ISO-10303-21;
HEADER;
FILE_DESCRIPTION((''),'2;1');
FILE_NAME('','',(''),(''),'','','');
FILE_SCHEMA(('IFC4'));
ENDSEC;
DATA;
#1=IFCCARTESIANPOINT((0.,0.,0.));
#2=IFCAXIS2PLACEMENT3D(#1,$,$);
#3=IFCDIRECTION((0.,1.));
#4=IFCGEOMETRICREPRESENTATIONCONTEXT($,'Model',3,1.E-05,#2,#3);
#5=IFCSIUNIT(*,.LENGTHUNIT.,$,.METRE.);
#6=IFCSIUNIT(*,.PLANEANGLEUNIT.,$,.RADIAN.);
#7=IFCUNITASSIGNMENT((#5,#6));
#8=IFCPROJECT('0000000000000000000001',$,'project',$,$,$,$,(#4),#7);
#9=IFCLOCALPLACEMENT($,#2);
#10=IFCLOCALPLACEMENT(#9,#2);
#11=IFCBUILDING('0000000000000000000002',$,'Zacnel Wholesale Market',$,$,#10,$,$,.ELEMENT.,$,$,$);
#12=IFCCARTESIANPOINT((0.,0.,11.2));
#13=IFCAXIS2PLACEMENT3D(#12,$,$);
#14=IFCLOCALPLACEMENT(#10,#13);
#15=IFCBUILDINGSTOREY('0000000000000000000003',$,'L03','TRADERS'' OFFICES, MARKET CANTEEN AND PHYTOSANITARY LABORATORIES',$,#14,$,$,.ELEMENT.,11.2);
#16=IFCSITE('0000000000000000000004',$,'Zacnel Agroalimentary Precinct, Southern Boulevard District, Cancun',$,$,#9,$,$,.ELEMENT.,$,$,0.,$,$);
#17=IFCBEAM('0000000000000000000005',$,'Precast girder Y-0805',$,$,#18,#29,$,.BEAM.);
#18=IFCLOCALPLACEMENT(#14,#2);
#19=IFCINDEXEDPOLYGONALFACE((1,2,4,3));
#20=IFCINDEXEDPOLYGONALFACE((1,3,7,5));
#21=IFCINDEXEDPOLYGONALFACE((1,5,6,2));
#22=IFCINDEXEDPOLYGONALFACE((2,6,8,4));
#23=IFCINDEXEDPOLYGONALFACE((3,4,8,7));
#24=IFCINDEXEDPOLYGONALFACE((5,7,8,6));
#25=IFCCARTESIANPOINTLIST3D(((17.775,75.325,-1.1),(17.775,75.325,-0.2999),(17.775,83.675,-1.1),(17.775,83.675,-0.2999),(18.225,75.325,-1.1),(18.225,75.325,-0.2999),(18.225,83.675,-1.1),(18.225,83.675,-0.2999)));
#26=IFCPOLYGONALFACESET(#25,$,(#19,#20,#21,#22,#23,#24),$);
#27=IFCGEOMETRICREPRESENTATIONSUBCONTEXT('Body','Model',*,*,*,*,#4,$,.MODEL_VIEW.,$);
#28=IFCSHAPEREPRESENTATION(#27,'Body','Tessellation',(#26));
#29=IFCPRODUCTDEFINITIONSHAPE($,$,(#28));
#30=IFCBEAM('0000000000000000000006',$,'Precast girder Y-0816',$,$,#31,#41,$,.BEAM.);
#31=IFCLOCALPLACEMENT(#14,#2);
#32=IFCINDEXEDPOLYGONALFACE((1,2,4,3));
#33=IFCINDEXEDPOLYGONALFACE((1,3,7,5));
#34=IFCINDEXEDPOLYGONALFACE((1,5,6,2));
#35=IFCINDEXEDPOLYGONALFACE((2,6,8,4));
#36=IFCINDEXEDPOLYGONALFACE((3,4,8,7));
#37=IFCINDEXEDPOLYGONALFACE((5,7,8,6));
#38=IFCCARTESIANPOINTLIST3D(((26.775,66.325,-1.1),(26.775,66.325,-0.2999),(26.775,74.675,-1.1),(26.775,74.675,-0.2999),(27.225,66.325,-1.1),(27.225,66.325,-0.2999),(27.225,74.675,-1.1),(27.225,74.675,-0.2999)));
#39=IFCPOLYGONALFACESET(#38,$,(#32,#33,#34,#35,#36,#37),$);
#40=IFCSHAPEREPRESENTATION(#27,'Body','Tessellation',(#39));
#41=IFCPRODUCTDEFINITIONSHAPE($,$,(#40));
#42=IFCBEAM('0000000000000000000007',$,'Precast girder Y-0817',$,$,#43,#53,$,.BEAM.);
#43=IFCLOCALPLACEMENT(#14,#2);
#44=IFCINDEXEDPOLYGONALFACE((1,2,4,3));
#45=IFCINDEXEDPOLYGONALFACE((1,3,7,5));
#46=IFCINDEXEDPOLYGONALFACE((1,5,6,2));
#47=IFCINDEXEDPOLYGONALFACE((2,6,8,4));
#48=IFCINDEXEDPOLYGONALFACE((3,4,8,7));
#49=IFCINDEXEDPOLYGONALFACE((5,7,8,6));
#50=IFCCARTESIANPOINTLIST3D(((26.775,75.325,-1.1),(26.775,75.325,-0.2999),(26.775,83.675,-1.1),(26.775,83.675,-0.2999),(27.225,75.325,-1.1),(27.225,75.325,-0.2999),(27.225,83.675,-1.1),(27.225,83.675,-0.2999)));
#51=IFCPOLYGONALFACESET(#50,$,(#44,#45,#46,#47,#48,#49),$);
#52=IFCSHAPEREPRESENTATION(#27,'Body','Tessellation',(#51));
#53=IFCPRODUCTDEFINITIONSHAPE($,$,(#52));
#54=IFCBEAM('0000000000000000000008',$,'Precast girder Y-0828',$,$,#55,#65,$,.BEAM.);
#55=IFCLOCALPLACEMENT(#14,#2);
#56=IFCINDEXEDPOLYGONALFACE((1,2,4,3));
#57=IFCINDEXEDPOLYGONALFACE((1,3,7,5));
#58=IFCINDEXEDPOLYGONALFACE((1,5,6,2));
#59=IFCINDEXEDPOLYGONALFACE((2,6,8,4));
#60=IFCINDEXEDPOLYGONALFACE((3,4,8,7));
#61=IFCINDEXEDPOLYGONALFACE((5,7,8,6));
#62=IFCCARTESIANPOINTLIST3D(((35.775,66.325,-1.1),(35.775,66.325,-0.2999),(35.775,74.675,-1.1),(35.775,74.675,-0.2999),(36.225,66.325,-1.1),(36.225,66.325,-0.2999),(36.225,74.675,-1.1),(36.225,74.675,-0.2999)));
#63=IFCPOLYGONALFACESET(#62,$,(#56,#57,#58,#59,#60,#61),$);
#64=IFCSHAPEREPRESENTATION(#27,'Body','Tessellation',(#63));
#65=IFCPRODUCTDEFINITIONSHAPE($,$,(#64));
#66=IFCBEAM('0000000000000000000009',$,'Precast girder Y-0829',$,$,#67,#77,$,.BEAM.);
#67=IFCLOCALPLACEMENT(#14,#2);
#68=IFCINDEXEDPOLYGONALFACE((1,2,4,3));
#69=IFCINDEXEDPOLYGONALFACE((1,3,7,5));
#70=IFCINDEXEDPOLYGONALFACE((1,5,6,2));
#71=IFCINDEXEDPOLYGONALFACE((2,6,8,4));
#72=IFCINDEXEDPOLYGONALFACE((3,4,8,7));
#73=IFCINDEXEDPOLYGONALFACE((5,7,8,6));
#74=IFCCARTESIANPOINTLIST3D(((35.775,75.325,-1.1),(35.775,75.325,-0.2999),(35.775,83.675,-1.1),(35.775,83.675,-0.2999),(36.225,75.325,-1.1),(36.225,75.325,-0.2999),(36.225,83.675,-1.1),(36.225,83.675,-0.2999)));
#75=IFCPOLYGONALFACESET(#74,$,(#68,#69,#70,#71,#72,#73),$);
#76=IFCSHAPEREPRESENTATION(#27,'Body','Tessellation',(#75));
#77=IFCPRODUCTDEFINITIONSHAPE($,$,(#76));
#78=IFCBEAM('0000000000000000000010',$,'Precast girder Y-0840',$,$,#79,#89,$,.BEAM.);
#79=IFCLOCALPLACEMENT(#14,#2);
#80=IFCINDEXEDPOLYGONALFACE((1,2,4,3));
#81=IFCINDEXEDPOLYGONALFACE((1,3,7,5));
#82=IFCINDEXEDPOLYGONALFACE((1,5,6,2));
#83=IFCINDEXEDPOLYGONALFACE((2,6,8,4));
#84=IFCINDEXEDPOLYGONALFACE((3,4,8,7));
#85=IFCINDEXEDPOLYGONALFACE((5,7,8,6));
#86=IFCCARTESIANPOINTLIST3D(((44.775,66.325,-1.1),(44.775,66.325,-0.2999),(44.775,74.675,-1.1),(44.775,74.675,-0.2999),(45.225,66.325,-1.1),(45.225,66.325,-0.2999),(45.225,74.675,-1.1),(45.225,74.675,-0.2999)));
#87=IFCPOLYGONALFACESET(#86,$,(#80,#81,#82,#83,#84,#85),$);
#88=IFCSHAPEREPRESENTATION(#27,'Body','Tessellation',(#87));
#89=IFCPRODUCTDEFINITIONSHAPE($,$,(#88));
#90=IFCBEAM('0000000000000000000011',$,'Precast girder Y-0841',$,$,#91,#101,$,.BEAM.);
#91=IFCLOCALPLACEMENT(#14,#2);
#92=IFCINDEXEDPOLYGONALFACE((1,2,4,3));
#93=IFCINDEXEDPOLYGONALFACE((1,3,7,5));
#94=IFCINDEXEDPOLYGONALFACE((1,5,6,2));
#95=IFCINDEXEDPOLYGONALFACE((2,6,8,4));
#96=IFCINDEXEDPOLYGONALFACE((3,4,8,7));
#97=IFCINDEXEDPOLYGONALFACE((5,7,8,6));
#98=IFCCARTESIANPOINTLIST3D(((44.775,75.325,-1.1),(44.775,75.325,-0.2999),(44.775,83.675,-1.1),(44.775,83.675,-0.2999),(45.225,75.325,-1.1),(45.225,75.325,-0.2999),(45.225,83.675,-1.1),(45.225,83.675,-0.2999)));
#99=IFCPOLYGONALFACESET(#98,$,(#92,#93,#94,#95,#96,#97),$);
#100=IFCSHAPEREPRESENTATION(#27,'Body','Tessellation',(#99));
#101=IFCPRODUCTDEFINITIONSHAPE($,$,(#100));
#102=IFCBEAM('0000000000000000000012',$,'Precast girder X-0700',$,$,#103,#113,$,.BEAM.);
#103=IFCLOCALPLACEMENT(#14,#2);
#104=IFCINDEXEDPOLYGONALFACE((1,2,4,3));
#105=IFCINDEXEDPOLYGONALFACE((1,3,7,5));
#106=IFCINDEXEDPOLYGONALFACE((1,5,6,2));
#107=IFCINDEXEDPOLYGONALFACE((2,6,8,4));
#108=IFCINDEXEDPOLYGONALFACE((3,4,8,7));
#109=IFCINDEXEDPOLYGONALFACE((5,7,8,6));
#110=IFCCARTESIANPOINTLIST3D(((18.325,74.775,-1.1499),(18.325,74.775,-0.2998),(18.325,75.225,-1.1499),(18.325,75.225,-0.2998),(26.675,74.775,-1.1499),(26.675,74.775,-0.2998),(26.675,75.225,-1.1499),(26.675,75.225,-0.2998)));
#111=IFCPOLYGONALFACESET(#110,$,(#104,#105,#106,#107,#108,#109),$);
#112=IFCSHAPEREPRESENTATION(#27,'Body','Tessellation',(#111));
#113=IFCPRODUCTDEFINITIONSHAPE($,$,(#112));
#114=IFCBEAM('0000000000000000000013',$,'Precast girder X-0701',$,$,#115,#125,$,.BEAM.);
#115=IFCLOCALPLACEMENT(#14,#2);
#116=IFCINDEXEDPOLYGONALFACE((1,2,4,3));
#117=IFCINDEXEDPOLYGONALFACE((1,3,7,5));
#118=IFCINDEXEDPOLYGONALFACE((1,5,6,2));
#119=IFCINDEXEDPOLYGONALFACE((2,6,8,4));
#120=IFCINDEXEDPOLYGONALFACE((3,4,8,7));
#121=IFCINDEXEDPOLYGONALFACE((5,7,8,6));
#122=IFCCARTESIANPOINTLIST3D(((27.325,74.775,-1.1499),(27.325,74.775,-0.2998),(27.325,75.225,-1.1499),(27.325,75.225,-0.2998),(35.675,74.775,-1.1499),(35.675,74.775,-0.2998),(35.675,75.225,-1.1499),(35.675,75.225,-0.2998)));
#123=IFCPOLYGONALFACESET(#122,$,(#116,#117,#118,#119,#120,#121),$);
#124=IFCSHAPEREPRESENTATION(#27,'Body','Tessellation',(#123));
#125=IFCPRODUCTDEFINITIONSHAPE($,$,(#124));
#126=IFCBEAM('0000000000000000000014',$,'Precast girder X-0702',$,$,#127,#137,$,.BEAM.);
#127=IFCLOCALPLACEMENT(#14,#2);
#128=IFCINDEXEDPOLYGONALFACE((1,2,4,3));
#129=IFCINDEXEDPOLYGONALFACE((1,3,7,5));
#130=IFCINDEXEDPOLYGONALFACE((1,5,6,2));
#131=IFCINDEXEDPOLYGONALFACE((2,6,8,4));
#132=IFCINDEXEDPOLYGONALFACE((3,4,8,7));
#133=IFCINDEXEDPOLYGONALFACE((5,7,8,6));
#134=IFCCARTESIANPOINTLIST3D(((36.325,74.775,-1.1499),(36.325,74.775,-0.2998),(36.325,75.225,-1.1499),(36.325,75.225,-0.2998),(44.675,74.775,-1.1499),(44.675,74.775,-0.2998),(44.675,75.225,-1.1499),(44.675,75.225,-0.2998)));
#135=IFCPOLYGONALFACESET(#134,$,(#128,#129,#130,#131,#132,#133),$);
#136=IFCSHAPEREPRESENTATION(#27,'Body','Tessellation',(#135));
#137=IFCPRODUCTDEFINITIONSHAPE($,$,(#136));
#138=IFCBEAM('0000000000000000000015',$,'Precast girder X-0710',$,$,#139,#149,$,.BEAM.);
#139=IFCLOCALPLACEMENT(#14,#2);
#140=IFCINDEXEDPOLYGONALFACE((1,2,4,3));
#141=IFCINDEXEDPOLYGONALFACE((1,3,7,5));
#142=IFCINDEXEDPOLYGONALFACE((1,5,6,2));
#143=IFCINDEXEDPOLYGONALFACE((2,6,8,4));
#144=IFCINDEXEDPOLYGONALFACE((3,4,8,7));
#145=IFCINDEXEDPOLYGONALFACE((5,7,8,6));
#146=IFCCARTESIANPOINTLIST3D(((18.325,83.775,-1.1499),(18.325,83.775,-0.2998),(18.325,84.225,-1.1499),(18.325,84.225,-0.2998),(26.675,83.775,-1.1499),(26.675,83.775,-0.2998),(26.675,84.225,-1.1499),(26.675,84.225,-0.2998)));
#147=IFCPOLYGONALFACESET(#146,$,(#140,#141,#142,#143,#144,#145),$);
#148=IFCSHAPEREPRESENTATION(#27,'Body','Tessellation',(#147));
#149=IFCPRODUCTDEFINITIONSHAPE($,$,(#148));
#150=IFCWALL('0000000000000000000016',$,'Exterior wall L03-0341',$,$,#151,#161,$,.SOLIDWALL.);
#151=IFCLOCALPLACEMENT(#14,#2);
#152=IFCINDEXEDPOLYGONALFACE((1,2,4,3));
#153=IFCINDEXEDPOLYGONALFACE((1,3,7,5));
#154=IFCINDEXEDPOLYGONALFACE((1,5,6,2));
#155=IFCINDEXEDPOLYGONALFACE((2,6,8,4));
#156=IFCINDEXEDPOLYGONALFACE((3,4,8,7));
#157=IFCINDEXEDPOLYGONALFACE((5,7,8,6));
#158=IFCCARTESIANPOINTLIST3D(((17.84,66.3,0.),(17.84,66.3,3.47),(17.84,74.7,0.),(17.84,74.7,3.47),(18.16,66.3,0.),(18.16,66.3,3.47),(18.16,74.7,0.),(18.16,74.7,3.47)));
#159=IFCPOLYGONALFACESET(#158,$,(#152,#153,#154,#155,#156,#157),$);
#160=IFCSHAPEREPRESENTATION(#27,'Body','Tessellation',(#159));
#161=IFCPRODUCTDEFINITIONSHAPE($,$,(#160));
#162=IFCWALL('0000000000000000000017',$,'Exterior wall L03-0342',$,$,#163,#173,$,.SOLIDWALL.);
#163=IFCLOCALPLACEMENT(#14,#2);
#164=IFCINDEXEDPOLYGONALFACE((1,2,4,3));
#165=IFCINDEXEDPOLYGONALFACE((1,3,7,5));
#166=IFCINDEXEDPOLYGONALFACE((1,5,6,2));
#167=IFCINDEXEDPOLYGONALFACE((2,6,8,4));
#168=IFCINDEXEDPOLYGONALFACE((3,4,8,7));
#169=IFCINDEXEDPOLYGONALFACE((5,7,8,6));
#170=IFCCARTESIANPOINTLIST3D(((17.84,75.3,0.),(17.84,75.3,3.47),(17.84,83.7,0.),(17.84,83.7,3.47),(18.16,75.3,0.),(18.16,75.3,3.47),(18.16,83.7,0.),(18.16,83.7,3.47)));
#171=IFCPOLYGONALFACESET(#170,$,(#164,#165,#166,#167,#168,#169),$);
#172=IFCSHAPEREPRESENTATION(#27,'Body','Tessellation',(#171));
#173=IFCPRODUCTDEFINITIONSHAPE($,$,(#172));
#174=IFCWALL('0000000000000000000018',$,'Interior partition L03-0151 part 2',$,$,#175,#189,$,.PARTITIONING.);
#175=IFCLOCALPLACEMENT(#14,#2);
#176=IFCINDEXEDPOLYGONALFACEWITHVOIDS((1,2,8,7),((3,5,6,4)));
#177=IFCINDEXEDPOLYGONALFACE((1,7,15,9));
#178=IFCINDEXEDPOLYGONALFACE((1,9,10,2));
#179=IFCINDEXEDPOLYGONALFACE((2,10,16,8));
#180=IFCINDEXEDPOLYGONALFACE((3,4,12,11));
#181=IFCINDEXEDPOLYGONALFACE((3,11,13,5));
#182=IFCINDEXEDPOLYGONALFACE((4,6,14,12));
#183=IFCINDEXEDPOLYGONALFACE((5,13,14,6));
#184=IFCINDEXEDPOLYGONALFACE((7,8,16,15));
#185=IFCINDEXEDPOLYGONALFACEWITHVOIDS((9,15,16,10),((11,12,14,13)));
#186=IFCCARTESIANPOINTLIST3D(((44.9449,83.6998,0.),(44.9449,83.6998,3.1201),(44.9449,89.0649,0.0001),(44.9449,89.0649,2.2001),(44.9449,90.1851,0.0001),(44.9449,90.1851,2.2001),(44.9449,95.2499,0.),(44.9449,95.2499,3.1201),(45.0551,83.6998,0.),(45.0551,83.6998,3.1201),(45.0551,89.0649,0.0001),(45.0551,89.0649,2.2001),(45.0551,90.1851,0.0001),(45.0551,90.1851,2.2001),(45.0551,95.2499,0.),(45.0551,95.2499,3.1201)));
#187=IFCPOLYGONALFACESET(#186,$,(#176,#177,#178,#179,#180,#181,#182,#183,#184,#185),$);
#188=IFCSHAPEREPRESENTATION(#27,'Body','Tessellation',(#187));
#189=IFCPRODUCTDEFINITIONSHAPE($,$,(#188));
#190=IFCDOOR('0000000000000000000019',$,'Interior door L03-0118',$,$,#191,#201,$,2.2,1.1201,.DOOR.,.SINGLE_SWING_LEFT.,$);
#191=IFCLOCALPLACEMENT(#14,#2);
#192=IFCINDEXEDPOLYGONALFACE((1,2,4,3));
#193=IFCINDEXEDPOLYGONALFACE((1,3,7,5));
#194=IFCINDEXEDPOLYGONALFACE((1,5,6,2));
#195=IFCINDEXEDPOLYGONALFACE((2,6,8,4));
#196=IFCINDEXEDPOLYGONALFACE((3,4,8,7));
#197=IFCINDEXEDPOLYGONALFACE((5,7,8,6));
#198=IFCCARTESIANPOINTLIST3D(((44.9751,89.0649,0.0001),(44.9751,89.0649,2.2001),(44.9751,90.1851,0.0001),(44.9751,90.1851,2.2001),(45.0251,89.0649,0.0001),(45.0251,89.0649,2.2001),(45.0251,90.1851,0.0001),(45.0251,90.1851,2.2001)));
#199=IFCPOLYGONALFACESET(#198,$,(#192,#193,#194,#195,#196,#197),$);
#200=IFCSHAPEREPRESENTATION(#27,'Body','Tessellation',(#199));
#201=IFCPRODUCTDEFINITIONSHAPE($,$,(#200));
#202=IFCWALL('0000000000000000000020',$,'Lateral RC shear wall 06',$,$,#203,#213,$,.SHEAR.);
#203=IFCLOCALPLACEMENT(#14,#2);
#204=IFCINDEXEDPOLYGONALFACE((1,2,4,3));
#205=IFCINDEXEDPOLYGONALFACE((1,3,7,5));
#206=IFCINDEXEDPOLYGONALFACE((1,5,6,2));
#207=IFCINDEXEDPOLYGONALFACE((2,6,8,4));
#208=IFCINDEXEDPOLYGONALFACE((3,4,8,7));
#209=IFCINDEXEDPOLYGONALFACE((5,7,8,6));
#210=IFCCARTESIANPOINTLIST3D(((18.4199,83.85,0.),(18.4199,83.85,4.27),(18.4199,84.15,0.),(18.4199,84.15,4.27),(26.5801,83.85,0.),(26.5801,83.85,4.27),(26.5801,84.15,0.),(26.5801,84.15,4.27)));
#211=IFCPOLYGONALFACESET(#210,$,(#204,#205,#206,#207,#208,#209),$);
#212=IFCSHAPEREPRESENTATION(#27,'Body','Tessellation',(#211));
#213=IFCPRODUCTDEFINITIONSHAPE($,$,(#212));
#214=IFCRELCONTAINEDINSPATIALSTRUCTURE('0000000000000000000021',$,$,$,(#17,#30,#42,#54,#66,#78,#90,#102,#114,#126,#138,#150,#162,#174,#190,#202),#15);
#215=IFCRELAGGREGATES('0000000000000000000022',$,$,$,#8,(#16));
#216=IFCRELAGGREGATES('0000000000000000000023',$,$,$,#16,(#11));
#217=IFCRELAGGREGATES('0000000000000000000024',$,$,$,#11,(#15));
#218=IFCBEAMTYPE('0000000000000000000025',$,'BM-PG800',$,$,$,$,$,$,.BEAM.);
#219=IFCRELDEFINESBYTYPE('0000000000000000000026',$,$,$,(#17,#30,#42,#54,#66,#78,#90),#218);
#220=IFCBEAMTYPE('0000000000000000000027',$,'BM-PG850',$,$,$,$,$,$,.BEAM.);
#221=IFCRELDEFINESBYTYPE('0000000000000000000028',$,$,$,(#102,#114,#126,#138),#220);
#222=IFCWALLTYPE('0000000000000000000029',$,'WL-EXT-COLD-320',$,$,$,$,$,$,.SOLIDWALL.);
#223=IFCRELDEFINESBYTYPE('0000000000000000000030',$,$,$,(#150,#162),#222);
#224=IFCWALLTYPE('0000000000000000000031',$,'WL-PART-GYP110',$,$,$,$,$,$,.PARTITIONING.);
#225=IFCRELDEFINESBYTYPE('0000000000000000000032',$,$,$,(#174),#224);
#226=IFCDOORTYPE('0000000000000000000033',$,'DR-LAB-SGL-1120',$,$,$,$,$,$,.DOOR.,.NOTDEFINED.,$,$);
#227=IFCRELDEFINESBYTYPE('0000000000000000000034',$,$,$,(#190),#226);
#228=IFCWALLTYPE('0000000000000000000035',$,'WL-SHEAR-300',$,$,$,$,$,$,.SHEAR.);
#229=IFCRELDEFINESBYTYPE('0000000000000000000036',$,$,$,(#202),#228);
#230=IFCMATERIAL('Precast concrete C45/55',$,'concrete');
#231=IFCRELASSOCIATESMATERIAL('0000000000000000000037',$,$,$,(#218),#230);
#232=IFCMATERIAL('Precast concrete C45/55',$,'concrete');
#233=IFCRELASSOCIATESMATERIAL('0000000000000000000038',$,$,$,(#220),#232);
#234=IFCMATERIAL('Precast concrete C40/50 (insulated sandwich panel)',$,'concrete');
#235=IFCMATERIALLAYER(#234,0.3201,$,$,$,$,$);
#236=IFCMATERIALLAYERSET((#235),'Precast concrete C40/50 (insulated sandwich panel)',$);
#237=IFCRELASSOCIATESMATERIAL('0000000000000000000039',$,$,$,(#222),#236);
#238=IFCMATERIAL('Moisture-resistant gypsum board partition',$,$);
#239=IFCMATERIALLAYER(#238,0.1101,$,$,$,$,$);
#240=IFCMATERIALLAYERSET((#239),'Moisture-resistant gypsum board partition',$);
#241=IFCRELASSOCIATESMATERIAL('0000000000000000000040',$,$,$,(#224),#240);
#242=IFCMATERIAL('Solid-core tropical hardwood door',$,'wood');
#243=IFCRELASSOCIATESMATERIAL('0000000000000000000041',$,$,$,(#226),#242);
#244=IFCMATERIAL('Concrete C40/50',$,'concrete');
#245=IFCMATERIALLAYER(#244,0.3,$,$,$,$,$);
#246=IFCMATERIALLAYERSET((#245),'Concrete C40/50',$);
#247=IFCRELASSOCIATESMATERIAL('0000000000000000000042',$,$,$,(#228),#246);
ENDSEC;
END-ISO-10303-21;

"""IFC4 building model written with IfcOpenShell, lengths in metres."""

from ifc_helpers import new_model, si_unit, direction, frame, frame_2d, origin, origin_2d, place, context, subcontext, project, spatial, rectangle, extrude, material, layer, layer_set, material_profile, profile_set, type_object, element, fill, save


model = new_model("IFC4")

# Units and contexts
model_context = context("Model", 3, precision=1e-05, world=origin(), true_north=direction((0.0, 1.0)))
body_context = subcontext(model_context, "Body", "Model", "MODEL_VIEW")
ifc_project = project(units=[si_unit("LENGTHUNIT", "METRE"), si_unit("PLANEANGLEUNIT", "RADIAN")], contexts=[model_context])

# Site, building, storey
site_placement = place(None, origin())
site = spatial("IfcSite", under=ifc_project, at=site_placement, Name="Zacnel Agroalimentary Precinct, Southern Boulevard District, Cancun", CompositionType="ELEMENT", RefElevation=0.0)
building_placement = place(site_placement, origin())
building = spatial("IfcBuilding", under=site, at=building_placement, Name="Zacnel Wholesale Market", CompositionType="ELEMENT")
storey_placement = place(building_placement, frame((0.0, 0.0, 11.2)))
storey = spatial("IfcBuildingStorey", under=building, at=storey_placement, Name="L03", Description="TRADERS' OFFICES, MARKET CANTEEN AND PHYTOSANITARY LABORATORIES", CompositionType="ELEMENT", Elevation=11.2)

# Beams
ifc_material_1 = material(Name="Precast concrete C45/55", Category="concrete")
ifc_material_profile_1 = material_profile(ifc_material_1, rectangle(XDim=0.45, YDim=0.8, at=origin_2d()), Name="PG 450x800")
ifc_profile_set_1 = profile_set([ifc_material_profile_1], Name="Precast concrete C45/55")
beam_type_1 = type_object("IfcBeamType", Name="BM-PG800", PredefinedType="BEAM", material=ifc_profile_set_1)
for number, where, z_axis, x_axis, name in (
    (1, (18.0, 75.325, -0.7), (0.0, 1.0, 0.0), (-1.0, 0.0, 0.0), "Precast girder Y-0805"),
    (2, (27.0, 66.325, -0.7), (0.0, 1.0, 0.0), (-1.0, 0.0, 0.0), "Precast girder Y-0816"),
    (3, (27.0, 75.325, -0.7), (0.0, 1.0, 0.0), (-1.0, 0.0, 0.0), "Precast girder Y-0817"),
    (4, (36.0, 66.325, -0.7), (0.0, 1.0, 0.0), (-1.0, 0.0, 0.0), "Precast girder Y-0828"),
    (5, (36.0, 75.325, -0.7), (0.0, 1.0, 0.0), (-1.0, 0.0, 0.0), "Precast girder Y-0829"),
    (6, (45.0, 66.325, -0.7), (0.0, 1.0, 0.0), (-1.0, 0.0, 0.0), "Precast girder Y-0840"),
    (7, (45.0, 75.325, -0.7), (0.0, 1.0, 0.0), (-1.0, 0.0, 0.0), "Precast girder Y-0841"),
):
    element("IfcBeam", number, at=place(storey_placement, frame(where, z_axis=z_axis, x_axis=x_axis)), inside=storey, type_object=beam_type_1, Name=name, PredefinedType="BEAM", context=body_context, shape_type="SweptSolid", body=[
        extrude(rectangle(XDim=0.45, YDim=0.8, at=origin_2d()), origin(), (0.0, 0.0, 1.0), 8.3501),
    ])
ifc_material_2 = material(Name="Precast concrete C45/55", Category="concrete")
ifc_material_profile_2 = material_profile(ifc_material_2, rectangle(XDim=0.45, YDim=0.8501, at=origin_2d()), Name="PG 450x850")
ifc_profile_set_2 = profile_set([ifc_material_profile_2], Name="Precast concrete C45/55")
beam_type_2 = type_object("IfcBeamType", Name="BM-PG850", PredefinedType="BEAM", material=ifc_profile_set_2)
for number, where, z_axis, x_axis, name in (
    (8, (18.325, 75.0, -0.7249), (1.0, 0.0, 0.0), (0.0, 1.0, 0.0), "Precast girder X-0700"),
    (9, (27.325, 75.0, -0.7249), (1.0, 0.0, 0.0), (0.0, 1.0, 0.0), "Precast girder X-0701"),
    (10, (36.325, 75.0, -0.7249), (1.0, 0.0, 0.0), (0.0, 1.0, 0.0), "Precast girder X-0702"),
    (11, (18.325, 84.0, -0.7249), (1.0, 0.0, 0.0), (0.0, 1.0, 0.0), "Precast girder X-0710"),
):
    element("IfcBeam", number, at=place(storey_placement, frame(where, z_axis=z_axis, x_axis=x_axis)), inside=storey, type_object=beam_type_2, Name=name, PredefinedType="BEAM", context=body_context, shape_type="SweptSolid", body=[
        extrude(rectangle(XDim=0.45, YDim=0.8501, at=origin_2d()), origin(), (0.0, 0.0, 1.0), 8.3501),
    ])

# Walls
ifc_material_3 = material(Name="Precast concrete C40/50 (insulated sandwich panel)", Category="concrete")
ifc_layer_1 = layer(ifc_material_3, 0.3201)
ifc_layer_set_1 = layer_set([ifc_layer_1], Name="Precast concrete C40/50 (insulated sandwich panel)")
wall_type_1 = type_object("IfcWallType", Name="WL-EXT-COLD-320", PredefinedType="SOLIDWALL", material=ifc_layer_set_1)
for number, where, z_axis, x_axis, name in (
    (12, (18.0, 66.3, 0.0), (0.0, 0.0, 1.0), (0.0, 1.0, 0.0), "Exterior wall L03-0341"),
    (13, (18.0, 75.3, 0.0), (0.0, 0.0, 1.0), (0.0, 1.0, 0.0), "Exterior wall L03-0342"),
):
    element("IfcWall", number, at=place(storey_placement, frame(where, z_axis=z_axis, x_axis=x_axis)), inside=storey, type_object=wall_type_1, Name=name, PredefinedType="SOLIDWALL", context=body_context, shape_type="SweptSolid", body=[
        extrude(rectangle(XDim=8.3999, YDim=0.3201, at=frame_2d((4.2, 0.0))), origin(), (0.0, 0.0, 1.0), 3.47),
    ])

# Wall, opening, door
ifc_material_4 = material(Name="Moisture-resistant gypsum board partition")
ifc_layer_2 = layer(ifc_material_4, 0.1101)
ifc_layer_set_2 = layer_set([ifc_layer_2], Name="Moisture-resistant gypsum board partition")
wall_type_2 = type_object("IfcWallType", Name="WL-PART-GYP110", PredefinedType="PARTITIONING", material=ifc_layer_set_2)
wall_1_placement = place(storey_placement, frame((45.0, 83.7, 0.0), z_axis=(0.0, 0.0, 1.0), x_axis=(0.0, 1.0, 0.0)))
wall_1 = element("IfcWall", 14, at=wall_1_placement, inside=storey, type_object=wall_type_2, Name="Interior partition L03-0151 part 2", PredefinedType="PARTITIONING", context=body_context, shape_type="SweptSolid", body=[
    extrude(rectangle(XDim=11.55, YDim=0.1101, at=frame_2d((5.7749, 0.0))), origin(), (0.0, 0.0, 1.0), 3.1201),
])
opening_placement = place(wall_1_placement, frame((5.365, 0.0, 0.0)))
opening = element("IfcOpeningElement", 15, at=opening_placement, cuts=wall_1, PredefinedType="OPENING", context=body_context, shape_type="SweptSolid", body=[
    extrude(rectangle(XDim=1.1201, YDim=2.2, at=frame_2d((0.5601, 1.1001))), frame((0.0, 0.0649, 0.0), z_axis=(0.0, -1.0, 0.0), x_axis=(1.0, 0.0, 0.0)), (0.0, 0.0, 1.0), 0.1301),
])
ifc_material_5 = material(Name="Solid-core tropical hardwood door", Category="wood")
door_type = type_object("IfcDoorType", Name="DR-LAB-SGL-1120", OperationType="NOTDEFINED", PredefinedType="DOOR", material=ifc_material_5)
door_placement = place(opening_placement, origin())
door = element("IfcDoor", 16, at=door_placement, inside=storey, type_object=door_type, Name="Interior door L03-0118", OperationType="SINGLE_SWING_LEFT", OverallHeight=2.2, OverallWidth=1.1201, PredefinedType="DOOR", context=body_context, shape_type="SweptSolid", body=[
    extrude(rectangle(XDim=1.1201, YDim=2.2, at=frame_2d((0.5601, 1.1001))), frame((0.0, 0.0249, 0.0), z_axis=(0.0, -1.0, 0.0), x_axis=(1.0, 0.0, 0.0)), (0.0, 0.0, 1.0), 0.05),
])
fill(opening, door)

# Wall
ifc_material_6 = material(Name="Concrete C40/50", Category="concrete")
ifc_layer_3 = layer(ifc_material_6, 0.3)
ifc_layer_set_3 = layer_set([ifc_layer_3], Name="Concrete C40/50")
wall_type_3 = type_object("IfcWallType", Name="WL-SHEAR-300", PredefinedType="SHEAR", material=ifc_layer_set_3)
wall_2_placement = place(storey_placement, frame((18.4199, 84.0, 0.0), z_axis=(0.0, 0.0, 1.0), x_axis=(1.0, 0.0, 0.0)))
element("IfcWall", 17, at=wall_2_placement, inside=storey, type_object=wall_type_3, Name="Lateral RC shear wall 06", PredefinedType="SHEAR", context=body_context, shape_type="SweptSolid", body=[
    extrude(rectangle(XDim=8.1602, YDim=0.3, at=frame_2d((4.0801, 0.0))), origin(), (0.0, 0.0, 1.0), 4.27),
])

save(model, "model.ifc")
